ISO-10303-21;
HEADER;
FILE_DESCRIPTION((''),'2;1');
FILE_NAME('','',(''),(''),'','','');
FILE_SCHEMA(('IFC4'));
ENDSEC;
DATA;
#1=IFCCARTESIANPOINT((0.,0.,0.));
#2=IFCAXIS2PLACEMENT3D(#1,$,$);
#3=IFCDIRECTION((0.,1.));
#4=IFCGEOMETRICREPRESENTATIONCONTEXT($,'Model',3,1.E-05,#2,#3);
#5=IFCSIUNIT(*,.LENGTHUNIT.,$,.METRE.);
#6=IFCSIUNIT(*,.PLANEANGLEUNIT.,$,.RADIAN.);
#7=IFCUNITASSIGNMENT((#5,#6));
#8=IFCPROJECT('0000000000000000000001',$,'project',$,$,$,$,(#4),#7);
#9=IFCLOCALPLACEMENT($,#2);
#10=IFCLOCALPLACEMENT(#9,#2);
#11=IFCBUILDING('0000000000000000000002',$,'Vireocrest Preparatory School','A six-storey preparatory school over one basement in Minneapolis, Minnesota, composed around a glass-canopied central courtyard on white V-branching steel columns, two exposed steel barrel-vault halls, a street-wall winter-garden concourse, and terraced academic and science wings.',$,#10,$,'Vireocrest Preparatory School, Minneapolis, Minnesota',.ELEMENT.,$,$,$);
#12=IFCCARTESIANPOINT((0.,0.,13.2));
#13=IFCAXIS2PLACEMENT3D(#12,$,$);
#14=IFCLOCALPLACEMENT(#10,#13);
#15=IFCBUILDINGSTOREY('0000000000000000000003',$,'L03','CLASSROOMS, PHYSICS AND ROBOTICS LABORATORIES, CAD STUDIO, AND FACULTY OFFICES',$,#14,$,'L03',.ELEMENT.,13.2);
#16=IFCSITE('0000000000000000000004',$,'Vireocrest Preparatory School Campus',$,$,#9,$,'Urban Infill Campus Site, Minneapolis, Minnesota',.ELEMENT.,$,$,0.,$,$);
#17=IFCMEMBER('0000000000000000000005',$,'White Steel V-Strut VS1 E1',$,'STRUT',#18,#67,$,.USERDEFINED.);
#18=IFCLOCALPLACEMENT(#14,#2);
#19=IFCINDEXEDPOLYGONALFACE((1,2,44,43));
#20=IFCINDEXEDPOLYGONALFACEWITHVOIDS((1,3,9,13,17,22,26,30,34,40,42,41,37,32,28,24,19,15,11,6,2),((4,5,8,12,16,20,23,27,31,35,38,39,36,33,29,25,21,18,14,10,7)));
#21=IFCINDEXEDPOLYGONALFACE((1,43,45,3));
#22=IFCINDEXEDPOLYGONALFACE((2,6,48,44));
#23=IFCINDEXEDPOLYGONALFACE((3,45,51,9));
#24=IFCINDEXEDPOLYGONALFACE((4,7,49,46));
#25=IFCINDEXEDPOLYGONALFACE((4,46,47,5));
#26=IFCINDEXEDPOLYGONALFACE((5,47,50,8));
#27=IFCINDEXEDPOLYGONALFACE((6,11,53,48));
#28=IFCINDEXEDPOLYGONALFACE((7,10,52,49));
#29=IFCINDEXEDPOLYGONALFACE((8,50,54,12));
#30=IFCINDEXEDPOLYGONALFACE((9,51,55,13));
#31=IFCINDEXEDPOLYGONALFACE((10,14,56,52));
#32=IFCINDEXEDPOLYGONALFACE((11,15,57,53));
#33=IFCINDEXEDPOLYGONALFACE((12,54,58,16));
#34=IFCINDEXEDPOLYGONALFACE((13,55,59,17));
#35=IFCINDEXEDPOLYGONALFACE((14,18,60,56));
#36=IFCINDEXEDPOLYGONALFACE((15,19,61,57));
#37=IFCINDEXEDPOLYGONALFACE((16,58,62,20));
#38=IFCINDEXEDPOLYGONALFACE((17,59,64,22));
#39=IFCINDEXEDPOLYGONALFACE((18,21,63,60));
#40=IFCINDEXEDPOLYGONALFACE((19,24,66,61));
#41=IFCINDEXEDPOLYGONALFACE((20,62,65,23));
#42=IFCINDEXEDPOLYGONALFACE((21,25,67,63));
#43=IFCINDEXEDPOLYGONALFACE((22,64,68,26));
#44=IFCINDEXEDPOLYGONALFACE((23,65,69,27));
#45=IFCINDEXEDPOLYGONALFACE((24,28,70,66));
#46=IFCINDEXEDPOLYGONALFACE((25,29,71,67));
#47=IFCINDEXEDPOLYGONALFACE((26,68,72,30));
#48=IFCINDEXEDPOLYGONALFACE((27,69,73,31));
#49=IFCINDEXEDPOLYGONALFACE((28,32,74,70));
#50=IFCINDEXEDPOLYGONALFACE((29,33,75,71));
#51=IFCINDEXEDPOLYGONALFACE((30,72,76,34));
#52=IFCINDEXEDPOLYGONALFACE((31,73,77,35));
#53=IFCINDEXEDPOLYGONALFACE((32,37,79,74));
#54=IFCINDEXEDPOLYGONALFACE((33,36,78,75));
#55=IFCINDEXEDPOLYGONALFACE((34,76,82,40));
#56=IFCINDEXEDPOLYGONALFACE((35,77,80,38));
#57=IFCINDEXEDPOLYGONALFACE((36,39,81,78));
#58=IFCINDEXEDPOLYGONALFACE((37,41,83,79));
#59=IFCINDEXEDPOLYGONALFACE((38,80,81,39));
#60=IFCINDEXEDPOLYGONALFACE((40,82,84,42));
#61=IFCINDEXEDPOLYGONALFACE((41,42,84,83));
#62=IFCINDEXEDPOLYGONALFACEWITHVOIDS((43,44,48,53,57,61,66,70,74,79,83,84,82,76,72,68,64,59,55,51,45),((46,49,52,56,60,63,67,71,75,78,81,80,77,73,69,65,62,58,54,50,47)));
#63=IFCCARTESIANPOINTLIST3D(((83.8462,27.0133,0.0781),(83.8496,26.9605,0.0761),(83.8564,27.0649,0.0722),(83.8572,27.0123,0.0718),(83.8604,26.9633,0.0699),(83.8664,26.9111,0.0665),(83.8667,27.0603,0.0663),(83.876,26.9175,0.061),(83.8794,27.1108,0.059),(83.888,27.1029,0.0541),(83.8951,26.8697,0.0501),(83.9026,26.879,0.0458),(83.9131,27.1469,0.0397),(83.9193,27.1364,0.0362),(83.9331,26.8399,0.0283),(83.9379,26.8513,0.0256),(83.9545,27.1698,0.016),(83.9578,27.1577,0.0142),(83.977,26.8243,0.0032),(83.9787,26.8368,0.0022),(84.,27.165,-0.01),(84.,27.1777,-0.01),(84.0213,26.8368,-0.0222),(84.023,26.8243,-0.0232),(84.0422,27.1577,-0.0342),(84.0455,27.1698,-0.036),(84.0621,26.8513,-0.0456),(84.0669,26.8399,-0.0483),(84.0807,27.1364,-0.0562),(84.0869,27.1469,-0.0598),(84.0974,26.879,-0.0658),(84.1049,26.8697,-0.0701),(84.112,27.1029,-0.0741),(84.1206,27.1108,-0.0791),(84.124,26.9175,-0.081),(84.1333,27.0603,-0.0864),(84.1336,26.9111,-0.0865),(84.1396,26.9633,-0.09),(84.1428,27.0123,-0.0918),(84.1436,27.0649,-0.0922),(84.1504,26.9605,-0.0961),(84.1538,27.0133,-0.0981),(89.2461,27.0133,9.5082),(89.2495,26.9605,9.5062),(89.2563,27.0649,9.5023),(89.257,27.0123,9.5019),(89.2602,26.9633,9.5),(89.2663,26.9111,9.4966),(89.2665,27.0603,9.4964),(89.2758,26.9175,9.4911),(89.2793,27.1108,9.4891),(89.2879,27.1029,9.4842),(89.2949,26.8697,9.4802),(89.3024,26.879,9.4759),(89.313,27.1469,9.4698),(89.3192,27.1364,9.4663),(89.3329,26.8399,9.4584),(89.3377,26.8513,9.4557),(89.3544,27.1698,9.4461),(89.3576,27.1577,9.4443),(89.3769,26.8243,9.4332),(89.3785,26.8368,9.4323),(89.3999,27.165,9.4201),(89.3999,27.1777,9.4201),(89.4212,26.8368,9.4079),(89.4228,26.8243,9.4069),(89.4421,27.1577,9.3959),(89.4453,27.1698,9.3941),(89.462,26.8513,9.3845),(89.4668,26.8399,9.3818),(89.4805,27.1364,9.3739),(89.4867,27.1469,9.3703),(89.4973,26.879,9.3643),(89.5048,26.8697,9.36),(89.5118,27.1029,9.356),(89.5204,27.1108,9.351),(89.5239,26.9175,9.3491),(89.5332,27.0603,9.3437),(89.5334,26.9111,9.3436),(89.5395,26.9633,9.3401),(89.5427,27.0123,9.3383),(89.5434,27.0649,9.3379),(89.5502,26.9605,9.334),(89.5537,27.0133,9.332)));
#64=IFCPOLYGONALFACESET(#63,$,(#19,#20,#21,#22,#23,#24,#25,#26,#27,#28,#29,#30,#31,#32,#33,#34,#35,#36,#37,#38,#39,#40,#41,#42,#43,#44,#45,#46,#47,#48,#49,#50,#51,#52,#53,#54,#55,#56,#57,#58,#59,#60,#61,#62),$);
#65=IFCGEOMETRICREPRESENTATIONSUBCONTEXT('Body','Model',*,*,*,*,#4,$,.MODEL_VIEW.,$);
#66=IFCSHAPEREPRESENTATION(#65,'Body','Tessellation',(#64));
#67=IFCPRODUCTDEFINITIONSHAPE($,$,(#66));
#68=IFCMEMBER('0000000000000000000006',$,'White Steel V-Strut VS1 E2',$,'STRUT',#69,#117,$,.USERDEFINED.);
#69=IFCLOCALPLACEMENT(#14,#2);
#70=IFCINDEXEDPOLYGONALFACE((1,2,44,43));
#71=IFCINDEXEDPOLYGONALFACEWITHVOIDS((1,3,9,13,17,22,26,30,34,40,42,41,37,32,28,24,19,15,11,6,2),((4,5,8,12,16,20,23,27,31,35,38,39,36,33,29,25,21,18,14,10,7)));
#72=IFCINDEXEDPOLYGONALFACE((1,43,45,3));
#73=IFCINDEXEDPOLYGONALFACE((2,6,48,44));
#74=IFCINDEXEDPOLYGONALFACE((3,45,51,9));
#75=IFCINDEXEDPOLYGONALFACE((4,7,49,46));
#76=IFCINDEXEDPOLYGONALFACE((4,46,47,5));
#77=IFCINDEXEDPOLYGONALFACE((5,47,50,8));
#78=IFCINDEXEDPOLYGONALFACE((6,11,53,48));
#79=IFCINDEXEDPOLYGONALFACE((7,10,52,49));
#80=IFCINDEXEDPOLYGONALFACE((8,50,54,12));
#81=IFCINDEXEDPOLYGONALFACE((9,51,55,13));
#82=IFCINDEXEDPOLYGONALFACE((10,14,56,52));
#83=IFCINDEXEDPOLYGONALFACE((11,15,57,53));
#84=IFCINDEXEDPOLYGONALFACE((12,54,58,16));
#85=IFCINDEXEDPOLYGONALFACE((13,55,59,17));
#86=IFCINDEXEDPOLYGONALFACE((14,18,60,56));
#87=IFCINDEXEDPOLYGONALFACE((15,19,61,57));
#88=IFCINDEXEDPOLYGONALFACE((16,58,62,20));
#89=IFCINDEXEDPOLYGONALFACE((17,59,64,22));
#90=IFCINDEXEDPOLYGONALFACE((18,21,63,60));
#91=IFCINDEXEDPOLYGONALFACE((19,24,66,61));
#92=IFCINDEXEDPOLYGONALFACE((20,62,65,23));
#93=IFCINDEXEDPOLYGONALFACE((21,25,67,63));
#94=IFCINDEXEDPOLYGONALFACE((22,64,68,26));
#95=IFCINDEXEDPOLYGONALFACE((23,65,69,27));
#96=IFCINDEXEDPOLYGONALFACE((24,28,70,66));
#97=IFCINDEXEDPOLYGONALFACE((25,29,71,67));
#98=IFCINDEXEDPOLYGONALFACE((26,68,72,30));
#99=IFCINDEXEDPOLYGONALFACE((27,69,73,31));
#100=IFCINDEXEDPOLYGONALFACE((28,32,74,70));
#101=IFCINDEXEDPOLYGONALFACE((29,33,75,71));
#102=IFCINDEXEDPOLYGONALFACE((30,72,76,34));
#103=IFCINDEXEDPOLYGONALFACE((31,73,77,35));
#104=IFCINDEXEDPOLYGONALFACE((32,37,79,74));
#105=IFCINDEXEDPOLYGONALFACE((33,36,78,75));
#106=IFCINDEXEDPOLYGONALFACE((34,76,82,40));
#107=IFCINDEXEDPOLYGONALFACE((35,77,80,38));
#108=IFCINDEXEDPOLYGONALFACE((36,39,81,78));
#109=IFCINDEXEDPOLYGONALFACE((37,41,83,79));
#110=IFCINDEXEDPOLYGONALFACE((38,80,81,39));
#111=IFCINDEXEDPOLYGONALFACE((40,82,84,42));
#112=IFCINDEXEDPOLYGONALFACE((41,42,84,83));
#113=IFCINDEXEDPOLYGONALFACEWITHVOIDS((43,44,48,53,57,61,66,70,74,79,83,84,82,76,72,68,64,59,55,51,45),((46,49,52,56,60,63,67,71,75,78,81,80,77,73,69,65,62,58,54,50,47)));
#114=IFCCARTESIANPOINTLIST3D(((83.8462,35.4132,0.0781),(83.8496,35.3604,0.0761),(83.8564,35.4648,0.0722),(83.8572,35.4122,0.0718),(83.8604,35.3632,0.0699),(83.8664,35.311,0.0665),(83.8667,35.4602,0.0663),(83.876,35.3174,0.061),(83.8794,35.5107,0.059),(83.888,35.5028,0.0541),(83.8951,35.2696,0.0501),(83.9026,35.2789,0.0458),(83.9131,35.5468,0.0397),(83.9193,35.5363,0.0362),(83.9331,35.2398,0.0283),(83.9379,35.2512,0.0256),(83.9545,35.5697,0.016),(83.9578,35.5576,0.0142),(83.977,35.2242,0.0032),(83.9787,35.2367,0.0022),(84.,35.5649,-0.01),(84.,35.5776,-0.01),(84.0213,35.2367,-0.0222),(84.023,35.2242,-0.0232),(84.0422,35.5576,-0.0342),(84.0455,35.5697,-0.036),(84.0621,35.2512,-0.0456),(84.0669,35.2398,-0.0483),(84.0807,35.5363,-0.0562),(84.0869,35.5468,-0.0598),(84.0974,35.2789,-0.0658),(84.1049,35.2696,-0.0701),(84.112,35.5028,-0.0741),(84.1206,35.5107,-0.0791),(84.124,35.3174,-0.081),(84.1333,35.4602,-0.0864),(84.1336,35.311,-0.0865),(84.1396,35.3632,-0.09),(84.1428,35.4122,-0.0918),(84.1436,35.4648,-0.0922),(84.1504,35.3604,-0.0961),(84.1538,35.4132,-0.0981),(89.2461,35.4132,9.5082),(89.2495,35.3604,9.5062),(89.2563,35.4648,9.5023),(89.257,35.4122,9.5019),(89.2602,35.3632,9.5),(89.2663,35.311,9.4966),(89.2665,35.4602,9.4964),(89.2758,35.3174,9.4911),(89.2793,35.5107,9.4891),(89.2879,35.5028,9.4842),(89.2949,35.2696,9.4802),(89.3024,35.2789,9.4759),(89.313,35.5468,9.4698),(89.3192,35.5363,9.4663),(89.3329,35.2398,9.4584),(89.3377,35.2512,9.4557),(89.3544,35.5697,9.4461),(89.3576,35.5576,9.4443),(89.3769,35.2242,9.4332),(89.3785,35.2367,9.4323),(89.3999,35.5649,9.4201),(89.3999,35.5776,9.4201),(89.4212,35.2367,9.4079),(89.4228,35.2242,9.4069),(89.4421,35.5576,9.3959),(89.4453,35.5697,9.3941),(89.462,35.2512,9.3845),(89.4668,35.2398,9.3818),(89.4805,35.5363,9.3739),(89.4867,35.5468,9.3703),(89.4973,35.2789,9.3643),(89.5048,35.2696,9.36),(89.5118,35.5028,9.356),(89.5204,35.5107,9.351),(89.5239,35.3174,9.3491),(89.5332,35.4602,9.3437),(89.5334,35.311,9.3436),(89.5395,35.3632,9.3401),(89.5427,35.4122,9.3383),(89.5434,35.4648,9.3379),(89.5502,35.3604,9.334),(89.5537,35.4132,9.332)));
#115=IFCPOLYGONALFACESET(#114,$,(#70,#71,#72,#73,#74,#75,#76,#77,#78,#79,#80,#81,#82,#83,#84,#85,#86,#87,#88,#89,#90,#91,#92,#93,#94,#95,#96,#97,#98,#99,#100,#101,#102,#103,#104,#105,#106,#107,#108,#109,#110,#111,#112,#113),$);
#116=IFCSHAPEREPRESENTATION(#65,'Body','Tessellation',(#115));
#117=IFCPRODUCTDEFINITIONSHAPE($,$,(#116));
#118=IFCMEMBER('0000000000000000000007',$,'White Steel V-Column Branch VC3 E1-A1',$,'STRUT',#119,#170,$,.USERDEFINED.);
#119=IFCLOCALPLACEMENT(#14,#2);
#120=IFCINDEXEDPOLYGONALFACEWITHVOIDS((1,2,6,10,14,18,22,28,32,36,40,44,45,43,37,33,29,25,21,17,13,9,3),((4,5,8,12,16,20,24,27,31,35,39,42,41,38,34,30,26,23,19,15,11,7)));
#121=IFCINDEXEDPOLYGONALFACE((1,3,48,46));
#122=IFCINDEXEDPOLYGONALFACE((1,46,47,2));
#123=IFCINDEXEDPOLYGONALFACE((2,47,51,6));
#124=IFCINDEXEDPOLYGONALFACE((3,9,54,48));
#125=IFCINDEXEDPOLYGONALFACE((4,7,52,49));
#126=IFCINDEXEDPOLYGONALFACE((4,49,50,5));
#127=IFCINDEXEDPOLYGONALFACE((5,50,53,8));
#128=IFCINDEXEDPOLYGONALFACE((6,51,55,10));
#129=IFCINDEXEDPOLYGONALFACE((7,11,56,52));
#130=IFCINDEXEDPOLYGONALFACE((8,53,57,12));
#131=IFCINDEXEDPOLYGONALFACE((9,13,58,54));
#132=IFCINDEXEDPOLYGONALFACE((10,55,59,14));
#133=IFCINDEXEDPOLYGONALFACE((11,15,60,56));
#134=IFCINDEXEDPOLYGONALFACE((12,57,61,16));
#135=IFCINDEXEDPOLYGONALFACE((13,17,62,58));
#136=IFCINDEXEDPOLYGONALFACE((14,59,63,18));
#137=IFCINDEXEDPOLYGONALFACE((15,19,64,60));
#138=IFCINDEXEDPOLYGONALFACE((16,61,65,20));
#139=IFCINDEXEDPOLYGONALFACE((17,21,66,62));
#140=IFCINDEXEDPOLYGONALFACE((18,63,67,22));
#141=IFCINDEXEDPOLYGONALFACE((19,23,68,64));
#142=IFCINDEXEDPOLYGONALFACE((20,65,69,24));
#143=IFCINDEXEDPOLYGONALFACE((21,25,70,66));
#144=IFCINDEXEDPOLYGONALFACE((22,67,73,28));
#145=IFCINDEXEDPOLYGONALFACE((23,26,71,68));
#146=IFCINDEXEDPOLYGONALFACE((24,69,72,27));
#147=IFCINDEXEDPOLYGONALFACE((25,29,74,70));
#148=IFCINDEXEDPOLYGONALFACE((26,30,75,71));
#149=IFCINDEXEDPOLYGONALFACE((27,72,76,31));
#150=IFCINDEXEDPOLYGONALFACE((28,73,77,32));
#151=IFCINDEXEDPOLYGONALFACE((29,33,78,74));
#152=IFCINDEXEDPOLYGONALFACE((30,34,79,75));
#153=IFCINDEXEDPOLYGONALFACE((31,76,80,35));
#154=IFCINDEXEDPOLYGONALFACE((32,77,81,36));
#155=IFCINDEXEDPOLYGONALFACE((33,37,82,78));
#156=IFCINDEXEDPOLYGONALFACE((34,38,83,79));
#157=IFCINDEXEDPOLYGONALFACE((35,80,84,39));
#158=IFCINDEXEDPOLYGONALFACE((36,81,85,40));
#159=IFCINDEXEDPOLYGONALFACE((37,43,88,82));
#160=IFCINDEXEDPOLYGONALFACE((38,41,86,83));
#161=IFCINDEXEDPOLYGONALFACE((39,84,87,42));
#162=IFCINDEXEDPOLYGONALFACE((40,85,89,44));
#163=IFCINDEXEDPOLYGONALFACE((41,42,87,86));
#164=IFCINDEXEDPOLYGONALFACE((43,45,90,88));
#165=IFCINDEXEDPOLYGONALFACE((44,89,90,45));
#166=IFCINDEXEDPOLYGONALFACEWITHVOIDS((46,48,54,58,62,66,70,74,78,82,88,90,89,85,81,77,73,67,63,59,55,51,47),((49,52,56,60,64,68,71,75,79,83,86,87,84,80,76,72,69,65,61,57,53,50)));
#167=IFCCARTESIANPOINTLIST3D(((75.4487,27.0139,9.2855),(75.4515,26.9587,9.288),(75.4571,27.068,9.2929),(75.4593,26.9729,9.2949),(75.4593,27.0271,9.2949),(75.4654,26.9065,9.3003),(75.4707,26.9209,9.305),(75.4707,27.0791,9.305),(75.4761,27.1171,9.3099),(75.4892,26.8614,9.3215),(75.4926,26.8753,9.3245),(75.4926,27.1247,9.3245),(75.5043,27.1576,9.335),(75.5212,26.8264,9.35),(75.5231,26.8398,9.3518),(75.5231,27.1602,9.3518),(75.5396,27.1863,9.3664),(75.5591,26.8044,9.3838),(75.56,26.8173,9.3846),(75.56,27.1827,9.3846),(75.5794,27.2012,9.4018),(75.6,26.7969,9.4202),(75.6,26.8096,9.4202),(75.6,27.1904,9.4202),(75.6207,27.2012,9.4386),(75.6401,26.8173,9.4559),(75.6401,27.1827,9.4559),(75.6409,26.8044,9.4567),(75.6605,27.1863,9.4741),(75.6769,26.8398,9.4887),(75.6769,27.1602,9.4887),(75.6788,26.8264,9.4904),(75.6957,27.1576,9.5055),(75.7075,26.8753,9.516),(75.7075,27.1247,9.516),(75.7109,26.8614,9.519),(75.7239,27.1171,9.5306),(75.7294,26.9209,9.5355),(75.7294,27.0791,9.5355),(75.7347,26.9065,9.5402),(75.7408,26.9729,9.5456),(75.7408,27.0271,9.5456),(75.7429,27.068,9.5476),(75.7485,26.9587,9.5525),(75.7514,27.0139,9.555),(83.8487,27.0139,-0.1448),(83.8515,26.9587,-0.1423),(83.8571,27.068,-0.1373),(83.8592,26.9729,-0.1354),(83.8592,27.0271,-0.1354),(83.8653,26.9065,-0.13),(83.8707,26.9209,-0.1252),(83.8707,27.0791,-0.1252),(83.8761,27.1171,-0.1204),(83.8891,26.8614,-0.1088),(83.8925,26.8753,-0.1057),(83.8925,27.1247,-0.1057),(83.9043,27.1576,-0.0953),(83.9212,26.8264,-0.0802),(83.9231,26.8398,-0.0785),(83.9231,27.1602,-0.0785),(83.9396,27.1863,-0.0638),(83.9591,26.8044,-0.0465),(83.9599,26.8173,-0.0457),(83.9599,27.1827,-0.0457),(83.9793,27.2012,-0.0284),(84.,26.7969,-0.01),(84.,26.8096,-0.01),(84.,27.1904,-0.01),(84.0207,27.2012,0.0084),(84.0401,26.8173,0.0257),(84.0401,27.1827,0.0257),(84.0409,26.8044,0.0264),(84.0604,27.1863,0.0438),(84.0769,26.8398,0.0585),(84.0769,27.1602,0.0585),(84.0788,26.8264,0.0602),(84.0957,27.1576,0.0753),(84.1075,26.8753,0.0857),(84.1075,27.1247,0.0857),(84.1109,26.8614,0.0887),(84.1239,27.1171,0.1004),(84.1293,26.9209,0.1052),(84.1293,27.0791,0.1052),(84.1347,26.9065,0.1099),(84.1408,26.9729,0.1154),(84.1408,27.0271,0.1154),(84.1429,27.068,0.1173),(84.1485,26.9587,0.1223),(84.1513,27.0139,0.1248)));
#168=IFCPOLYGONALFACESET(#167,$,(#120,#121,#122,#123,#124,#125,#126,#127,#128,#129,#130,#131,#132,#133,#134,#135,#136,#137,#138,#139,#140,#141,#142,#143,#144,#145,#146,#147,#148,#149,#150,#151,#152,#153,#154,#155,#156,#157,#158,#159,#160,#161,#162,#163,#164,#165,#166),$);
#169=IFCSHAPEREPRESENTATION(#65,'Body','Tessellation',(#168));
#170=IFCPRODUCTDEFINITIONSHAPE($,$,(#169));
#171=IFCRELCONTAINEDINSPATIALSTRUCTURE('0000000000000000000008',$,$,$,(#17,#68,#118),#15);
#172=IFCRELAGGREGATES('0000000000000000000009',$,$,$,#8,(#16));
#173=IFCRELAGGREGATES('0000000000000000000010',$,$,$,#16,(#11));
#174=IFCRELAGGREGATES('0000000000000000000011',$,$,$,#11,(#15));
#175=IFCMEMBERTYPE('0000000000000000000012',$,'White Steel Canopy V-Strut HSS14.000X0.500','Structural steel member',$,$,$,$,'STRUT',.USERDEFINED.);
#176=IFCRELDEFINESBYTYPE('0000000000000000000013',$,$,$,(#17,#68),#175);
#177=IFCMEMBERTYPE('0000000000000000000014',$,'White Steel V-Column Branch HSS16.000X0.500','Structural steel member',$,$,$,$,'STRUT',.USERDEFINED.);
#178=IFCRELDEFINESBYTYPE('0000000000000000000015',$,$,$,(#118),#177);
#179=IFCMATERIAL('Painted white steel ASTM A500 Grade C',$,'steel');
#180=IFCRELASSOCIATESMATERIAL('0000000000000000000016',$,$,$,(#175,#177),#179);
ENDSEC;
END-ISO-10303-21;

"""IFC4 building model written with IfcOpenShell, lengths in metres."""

from ifc_helpers import new_model, si_unit, direction, frame, origin, origin_2d, place, context, subcontext, project, spatial, hollow_circle, extrude, material, material_profile, profile_set, type_object, element, save


model = new_model("IFC4")

# Units and contexts
model_context = context("Model", 3, precision=1e-05, world=origin(), true_north=direction((0.0, 1.0)))
body_context = subcontext(model_context, "Body", "Model", "MODEL_VIEW")
ifc_project = project(units=[si_unit("LENGTHUNIT", "METRE"), si_unit("PLANEANGLEUNIT", "RADIAN")], contexts=[model_context])

# Site, building, storey
site_placement = place(None, origin())
site = spatial("IfcSite", under=ifc_project, at=site_placement, Name="Vireocrest Preparatory School Campus", LongName="Urban Infill Campus Site, Minneapolis, Minnesota", CompositionType="ELEMENT", RefElevation=0.0)
building_placement = place(site_placement, origin())
building = spatial("IfcBuilding", under=site, at=building_placement, Name="Vireocrest Preparatory School", Description="A six-storey preparatory school over one basement in Minneapolis, Minnesota, composed around a glass-canopied central courtyard on white V-branching steel columns, two exposed steel barrel-vault halls, a street-wall winter-garden concourse, and terraced academic and science wings.", LongName="Vireocrest Preparatory School, Minneapolis, Minnesota", CompositionType="ELEMENT")
storey_placement = place(building_placement, frame((0.0, 0.0, 13.2)))
storey = spatial("IfcBuildingStorey", under=building, at=storey_placement, Name="L03", Description="CLASSROOMS, PHYSICS AND ROBOTICS LABORATORIES, CAD STUDIO, AND FACULTY OFFICES", LongName="L03", CompositionType="ELEMENT", Elevation=13.2)

# Members
ifc_material_1 = material(Name="Painted white steel ASTM A500 Grade C", Category="steel")
ifc_material_profile_1 = material_profile(ifc_material_1, hollow_circle(Radius=0.1777, WallThickness=0.0127, at=origin_2d()), Name="HSS14.000X0.500")
ifc_profile_set_1 = profile_set([ifc_material_profile_1], Name="Painted white steel ASTM A500 Grade C")
member_type_1 = type_object("IfcMemberType", Name="White Steel Canopy V-Strut HSS14.000X0.500", Description="Structural steel member", ElementType="STRUT", PredefinedType="USERDEFINED", material=ifc_profile_set_1)
for number, where, z_axis, x_axis, name in (
    (1, (84.0, 27.0, -0.01), (0.496918, 0.0, 0.867798), (0.0, 1.0, 0.0), "White Steel V-Strut VS1 E1"),
    (2, (84.0, 35.3999, -0.01), (0.496918, 0.0, 0.867798), (0.0, 1.0, 0.0), "White Steel V-Strut VS1 E2"),
):
    element("IfcMember", number, at=place(storey_placement, frame(where, z_axis=z_axis, x_axis=x_axis)), inside=storey, type_object=member_type_1, Name=name, ObjectType="STRUT", PredefinedType="USERDEFINED", context=body_context, shape_type="SweptSolid", body=[
        extrude(hollow_circle(Radius=0.1777, WallThickness=0.0127, at=origin_2d()), origin(), (0.0, 0.0, 1.0), 10.8667),
    ])
ifc_material_profile_2 = material_profile(ifc_material_1, hollow_circle(Radius=0.2031, WallThickness=0.0127, at=origin_2d()), Name="HSS16.000X0.500")
ifc_profile_set_2 = profile_set([ifc_material_profile_2], Name="Painted white steel ASTM A500 Grade C")
member_type_2 = type_object("IfcMemberType", Name="White Steel V-Column Branch HSS16.000X0.500", Description="Structural steel member", ElementType="STRUT", PredefinedType="USERDEFINED", material=ifc_profile_set_2)
for number, where, z_axis, x_axis, name in (
    (3, (84.0, 27.0, -0.01), (-0.665139, 0.0, 0.74672), (0.0, -1.0, 0.0), "White Steel V-Column Branch VC3 E1-A1"),
):
    element("IfcMember", number, at=place(storey_placement, frame(where, z_axis=z_axis, x_axis=x_axis)), inside=storey, type_object=member_type_2, Name=name, ObjectType="STRUT", PredefinedType="USERDEFINED", context=body_context, shape_type="SweptSolid", body=[
        extrude(hollow_circle(Radius=0.2031, WallThickness=0.0127, at=origin_2d()), origin(), (0.0, 0.0, 1.0), 12.6289),
    ])

save(model, "model.ifc")
